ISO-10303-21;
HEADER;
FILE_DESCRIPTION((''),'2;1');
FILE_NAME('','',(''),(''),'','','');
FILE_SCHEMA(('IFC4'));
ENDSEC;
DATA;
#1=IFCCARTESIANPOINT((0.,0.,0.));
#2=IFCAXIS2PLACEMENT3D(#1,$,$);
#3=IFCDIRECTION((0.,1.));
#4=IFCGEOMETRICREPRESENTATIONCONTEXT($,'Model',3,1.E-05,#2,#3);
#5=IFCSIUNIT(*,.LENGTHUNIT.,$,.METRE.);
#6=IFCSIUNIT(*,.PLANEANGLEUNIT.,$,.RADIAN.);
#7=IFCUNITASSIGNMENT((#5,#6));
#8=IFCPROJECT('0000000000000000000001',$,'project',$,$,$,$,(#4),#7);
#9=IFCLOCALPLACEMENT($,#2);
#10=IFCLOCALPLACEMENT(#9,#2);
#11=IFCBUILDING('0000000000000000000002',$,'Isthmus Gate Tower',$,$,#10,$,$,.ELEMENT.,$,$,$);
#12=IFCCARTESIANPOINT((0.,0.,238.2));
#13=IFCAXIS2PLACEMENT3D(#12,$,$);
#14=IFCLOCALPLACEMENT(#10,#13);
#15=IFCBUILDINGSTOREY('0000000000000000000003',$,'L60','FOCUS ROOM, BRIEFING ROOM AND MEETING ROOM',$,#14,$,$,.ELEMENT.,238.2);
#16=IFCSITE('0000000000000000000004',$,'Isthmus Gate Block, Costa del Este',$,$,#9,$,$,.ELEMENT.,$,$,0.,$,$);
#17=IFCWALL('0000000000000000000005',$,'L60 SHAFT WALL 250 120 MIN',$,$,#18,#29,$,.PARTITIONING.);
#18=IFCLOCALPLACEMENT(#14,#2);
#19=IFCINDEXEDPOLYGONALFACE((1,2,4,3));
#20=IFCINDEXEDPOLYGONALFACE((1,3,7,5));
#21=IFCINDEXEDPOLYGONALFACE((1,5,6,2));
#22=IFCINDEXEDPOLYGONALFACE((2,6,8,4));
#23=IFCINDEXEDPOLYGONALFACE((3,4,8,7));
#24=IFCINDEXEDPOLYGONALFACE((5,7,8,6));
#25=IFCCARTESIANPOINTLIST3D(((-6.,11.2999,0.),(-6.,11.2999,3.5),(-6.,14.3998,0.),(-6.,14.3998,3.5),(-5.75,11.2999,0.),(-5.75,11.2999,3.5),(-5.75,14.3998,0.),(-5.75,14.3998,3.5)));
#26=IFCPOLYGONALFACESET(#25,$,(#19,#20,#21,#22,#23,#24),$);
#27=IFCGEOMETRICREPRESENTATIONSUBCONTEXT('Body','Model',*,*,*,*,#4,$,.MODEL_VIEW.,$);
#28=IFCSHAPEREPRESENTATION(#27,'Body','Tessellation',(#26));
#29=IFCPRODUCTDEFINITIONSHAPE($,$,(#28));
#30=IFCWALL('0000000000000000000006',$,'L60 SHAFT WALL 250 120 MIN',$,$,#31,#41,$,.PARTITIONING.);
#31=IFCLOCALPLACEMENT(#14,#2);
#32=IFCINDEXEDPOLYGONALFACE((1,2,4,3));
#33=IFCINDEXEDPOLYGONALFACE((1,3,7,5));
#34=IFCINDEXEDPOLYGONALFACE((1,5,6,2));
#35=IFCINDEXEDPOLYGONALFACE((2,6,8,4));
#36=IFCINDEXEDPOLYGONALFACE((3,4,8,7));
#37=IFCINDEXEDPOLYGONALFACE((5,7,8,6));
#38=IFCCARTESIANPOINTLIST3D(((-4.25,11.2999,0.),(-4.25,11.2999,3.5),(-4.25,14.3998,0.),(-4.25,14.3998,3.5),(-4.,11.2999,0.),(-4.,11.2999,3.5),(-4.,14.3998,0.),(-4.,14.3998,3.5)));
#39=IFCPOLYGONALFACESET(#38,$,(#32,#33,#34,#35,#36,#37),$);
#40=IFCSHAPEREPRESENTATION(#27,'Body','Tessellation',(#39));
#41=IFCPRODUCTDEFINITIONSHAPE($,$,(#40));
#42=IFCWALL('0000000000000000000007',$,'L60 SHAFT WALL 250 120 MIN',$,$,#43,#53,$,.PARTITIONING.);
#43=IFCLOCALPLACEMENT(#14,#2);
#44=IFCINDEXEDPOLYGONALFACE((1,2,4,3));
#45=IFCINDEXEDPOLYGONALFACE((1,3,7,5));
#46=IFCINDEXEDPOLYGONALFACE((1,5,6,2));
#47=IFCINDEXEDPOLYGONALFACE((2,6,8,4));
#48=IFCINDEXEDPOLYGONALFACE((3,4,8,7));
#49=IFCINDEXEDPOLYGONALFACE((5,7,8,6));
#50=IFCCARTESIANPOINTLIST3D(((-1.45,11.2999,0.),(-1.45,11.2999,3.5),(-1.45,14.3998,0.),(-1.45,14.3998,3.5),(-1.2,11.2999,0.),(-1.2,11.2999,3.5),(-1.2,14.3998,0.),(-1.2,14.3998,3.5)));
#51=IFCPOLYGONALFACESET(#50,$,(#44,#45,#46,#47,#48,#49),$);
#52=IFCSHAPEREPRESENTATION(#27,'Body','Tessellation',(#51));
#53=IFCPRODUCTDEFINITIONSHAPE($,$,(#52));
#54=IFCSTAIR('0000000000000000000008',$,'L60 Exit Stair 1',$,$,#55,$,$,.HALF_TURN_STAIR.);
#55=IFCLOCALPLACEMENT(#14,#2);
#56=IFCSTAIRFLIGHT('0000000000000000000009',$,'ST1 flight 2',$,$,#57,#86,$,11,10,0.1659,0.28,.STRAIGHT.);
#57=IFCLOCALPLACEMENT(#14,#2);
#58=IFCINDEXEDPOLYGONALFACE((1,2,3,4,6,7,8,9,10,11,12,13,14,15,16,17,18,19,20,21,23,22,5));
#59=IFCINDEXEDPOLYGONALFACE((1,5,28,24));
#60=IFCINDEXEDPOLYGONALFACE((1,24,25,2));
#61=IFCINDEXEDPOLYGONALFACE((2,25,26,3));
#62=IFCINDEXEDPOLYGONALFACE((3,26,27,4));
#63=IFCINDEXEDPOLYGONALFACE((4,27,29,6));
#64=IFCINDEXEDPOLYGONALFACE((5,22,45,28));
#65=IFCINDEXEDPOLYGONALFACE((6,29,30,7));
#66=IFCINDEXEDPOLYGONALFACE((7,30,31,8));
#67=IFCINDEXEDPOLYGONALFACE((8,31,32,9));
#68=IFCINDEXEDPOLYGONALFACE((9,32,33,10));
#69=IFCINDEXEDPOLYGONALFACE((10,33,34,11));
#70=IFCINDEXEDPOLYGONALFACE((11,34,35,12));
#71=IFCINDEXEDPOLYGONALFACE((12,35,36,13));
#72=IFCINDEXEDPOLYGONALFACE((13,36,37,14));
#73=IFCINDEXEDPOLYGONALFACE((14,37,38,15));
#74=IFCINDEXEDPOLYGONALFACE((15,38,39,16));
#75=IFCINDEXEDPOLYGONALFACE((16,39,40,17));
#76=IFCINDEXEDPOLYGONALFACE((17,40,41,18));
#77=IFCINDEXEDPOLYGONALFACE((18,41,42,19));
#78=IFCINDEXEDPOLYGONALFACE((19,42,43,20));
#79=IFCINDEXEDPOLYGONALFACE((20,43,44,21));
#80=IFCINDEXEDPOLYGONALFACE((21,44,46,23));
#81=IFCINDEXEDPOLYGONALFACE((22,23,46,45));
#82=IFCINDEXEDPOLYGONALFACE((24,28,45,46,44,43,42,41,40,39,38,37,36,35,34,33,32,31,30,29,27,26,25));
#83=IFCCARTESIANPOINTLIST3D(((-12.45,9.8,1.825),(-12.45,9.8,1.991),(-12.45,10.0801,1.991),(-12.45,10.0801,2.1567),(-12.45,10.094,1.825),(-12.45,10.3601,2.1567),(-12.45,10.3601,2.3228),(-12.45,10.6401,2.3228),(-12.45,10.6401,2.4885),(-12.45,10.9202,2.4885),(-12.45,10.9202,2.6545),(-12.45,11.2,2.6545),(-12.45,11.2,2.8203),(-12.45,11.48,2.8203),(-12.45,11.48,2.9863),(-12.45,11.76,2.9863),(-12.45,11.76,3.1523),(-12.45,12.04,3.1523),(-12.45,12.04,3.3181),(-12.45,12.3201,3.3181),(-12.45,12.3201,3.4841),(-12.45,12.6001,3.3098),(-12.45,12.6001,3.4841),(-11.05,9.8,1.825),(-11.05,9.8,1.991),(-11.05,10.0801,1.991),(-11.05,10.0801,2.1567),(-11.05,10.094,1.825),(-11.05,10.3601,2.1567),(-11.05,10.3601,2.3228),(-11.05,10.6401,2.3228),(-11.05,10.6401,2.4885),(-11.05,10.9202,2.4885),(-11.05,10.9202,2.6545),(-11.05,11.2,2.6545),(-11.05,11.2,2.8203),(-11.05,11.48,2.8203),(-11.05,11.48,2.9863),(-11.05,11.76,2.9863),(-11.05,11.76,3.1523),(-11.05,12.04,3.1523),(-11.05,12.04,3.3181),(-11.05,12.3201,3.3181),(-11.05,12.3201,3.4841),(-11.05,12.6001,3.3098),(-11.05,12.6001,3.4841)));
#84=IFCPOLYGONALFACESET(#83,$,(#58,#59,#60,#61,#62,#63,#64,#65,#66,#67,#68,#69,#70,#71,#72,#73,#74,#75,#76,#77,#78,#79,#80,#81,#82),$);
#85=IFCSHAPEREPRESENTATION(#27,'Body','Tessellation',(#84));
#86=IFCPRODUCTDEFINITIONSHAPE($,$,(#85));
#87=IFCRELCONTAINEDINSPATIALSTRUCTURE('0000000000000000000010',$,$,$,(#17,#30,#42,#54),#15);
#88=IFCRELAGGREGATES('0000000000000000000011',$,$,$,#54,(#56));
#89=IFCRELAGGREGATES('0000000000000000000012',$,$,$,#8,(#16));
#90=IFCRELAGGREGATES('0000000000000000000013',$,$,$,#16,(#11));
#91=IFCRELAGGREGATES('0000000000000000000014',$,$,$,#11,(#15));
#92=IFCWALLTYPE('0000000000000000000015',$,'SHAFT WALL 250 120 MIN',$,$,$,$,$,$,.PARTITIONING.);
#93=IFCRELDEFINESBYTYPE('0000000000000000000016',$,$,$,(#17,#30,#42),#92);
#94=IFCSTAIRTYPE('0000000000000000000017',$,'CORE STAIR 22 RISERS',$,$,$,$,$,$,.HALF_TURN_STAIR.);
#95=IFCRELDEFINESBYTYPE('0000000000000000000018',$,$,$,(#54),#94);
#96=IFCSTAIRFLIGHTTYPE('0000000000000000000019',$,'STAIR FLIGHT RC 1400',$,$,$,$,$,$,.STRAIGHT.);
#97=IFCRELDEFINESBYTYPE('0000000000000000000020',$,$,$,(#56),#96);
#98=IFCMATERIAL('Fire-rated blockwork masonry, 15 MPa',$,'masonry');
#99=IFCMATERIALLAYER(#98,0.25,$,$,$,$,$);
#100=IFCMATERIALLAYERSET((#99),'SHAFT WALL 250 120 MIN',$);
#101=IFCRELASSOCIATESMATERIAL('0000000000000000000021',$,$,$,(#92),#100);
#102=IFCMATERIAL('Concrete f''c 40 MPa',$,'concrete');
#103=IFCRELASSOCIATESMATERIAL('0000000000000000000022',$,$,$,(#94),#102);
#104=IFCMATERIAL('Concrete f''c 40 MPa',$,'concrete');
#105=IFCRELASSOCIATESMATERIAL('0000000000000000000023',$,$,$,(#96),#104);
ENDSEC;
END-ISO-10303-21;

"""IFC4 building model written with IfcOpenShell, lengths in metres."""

from ifc_helpers import new_model, si_unit, direction, frame, frame_2d, origin, place, context, subcontext, project, spatial, polyline, rectangle, outline, extrude, material, layer, layer_set, type_object, element, aggregate, save


model = new_model("IFC4")

# Units and contexts
model_context = context("Model", 3, precision=1e-05, world=origin(), true_north=direction((0.0, 1.0)))
body_context = subcontext(model_context, "Body", "Model", "MODEL_VIEW")
ifc_project = project(units=[si_unit("LENGTHUNIT", "METRE"), si_unit("PLANEANGLEUNIT", "RADIAN")], contexts=[model_context])

# Site, building, storey
site_placement = place(None, origin())
site = spatial("IfcSite", under=ifc_project, at=site_placement, Name="Isthmus Gate Block, Costa del Este", CompositionType="ELEMENT", RefElevation=0.0)
building_placement = place(site_placement, origin())
building = spatial("IfcBuilding", under=site, at=building_placement, Name="Isthmus Gate Tower", CompositionType="ELEMENT")
storey_placement = place(building_placement, frame((0.0, 0.0, 238.2)))
storey = spatial("IfcBuildingStorey", under=building, at=storey_placement, Name="L60", Description="FOCUS ROOM, BRIEFING ROOM AND MEETING ROOM", CompositionType="ELEMENT", Elevation=238.2)

# Walls
ifc_material_1 = material(Name="Fire-rated blockwork masonry, 15 MPa", Category="masonry")
ifc_layer_1 = layer(ifc_material_1, 0.25)
ifc_layer_set_1 = layer_set([ifc_layer_1], Name="SHAFT WALL 250 120 MIN")
wall_type_1 = type_object("IfcWallType", Name="SHAFT WALL 250 120 MIN", PredefinedType="PARTITIONING", material=ifc_layer_set_1)
for number, where, z_axis, x_axis, name in (
    (1, (-5.875, 11.3, 0.0), (0.0, 0.0, 1.0), (0.0, 1.0, 0.0), "L60 SHAFT WALL 250 120 MIN"),
    (2, (-4.125, 11.3, 0.0), (0.0, 0.0, 1.0), (0.0, 1.0, 0.0), "L60 SHAFT WALL 250 120 MIN"),
    (3, (-1.325, 11.3, 0.0), (0.0, 0.0, 1.0), (0.0, 1.0, 0.0), "L60 SHAFT WALL 250 120 MIN"),
):
    element("IfcWall", number, at=place(storey_placement, frame(where, z_axis=z_axis, x_axis=x_axis)), inside=storey, type_object=wall_type_1, Name=name, PredefinedType="PARTITIONING", context=body_context, shape_type="SweptSolid", body=[
        extrude(rectangle(XDim=3.0999, YDim=0.25, at=frame_2d((1.5498, 0.0))), origin(), (0.0, 0.0, 1.0), 3.5),
    ])

# Stair, stair flight
ifc_material_2 = material(Name="Concrete f'c 40 MPa", Category="concrete")
stair_type = type_object("IfcStairType", Name="CORE STAIR 22 RISERS", PredefinedType="HALF_TURN_STAIR", material=ifc_material_2)
stair_placement = place(storey_placement, origin())
stair = element("IfcStair", 4, at=stair_placement, inside=storey, type_object=stair_type, Name="L60 Exit Stair 1", PredefinedType="HALF_TURN_STAIR")
ifc_material_3 = material(Name="Concrete f'c 40 MPa", Category="concrete")
stair_flight_type = type_object("IfcStairFlightType", Name="STAIR FLIGHT RC 1400", PredefinedType="STRAIGHT", material=ifc_material_3)
stair_flight_placement = place(storey_placement, frame((-11.75, 9.8, 1.825), z_axis=(0.0, 0.0, 1.0), x_axis=(0.0, 1.0, 0.0)))
stair_flight = element("IfcStairFlight", 5, at=stair_flight_placement, type_object=stair_flight_type, Name="ST1 flight 2", NumberOfRisers=11, NumberOfTreads=10, PredefinedType="STRAIGHT", RiserHeight=0.1659, TreadLength=0.28, context=body_context, shape_type="SweptSolid", body=[
    extrude(outline(polyline([(0.0, 0.0), (0.0, 0.166), (0.28, 0.166), (0.28, 0.3318), (0.5601, 0.3318), (0.5601, 0.4978), (0.8401, 0.4978), (0.8401, 0.6636), (1.1201, 0.6636), (1.1201, 0.8296), (1.3999, 0.8296), (1.3999, 0.9954), (1.6799, 0.9954), (1.6799, 1.1614), (1.96, 1.1614), (1.96, 1.3274), (2.24, 1.3274), (2.24, 1.4932), (2.52, 1.4932), (2.52, 1.6592), (2.8, 1.6592), (2.8, 1.825), (2.8, 1.4849), (0.2939, 0.0), (0.0, 0.0)])), frame((0.0, 0.7, 0.0), z_axis=(0.0, -1.0, 0.0), x_axis=(1.0, 0.0, 0.0)), (0.0, 0.0, 1.0), 1.3999),
])
aggregate(stair, [stair_flight])

save(model, "model.ifc")
